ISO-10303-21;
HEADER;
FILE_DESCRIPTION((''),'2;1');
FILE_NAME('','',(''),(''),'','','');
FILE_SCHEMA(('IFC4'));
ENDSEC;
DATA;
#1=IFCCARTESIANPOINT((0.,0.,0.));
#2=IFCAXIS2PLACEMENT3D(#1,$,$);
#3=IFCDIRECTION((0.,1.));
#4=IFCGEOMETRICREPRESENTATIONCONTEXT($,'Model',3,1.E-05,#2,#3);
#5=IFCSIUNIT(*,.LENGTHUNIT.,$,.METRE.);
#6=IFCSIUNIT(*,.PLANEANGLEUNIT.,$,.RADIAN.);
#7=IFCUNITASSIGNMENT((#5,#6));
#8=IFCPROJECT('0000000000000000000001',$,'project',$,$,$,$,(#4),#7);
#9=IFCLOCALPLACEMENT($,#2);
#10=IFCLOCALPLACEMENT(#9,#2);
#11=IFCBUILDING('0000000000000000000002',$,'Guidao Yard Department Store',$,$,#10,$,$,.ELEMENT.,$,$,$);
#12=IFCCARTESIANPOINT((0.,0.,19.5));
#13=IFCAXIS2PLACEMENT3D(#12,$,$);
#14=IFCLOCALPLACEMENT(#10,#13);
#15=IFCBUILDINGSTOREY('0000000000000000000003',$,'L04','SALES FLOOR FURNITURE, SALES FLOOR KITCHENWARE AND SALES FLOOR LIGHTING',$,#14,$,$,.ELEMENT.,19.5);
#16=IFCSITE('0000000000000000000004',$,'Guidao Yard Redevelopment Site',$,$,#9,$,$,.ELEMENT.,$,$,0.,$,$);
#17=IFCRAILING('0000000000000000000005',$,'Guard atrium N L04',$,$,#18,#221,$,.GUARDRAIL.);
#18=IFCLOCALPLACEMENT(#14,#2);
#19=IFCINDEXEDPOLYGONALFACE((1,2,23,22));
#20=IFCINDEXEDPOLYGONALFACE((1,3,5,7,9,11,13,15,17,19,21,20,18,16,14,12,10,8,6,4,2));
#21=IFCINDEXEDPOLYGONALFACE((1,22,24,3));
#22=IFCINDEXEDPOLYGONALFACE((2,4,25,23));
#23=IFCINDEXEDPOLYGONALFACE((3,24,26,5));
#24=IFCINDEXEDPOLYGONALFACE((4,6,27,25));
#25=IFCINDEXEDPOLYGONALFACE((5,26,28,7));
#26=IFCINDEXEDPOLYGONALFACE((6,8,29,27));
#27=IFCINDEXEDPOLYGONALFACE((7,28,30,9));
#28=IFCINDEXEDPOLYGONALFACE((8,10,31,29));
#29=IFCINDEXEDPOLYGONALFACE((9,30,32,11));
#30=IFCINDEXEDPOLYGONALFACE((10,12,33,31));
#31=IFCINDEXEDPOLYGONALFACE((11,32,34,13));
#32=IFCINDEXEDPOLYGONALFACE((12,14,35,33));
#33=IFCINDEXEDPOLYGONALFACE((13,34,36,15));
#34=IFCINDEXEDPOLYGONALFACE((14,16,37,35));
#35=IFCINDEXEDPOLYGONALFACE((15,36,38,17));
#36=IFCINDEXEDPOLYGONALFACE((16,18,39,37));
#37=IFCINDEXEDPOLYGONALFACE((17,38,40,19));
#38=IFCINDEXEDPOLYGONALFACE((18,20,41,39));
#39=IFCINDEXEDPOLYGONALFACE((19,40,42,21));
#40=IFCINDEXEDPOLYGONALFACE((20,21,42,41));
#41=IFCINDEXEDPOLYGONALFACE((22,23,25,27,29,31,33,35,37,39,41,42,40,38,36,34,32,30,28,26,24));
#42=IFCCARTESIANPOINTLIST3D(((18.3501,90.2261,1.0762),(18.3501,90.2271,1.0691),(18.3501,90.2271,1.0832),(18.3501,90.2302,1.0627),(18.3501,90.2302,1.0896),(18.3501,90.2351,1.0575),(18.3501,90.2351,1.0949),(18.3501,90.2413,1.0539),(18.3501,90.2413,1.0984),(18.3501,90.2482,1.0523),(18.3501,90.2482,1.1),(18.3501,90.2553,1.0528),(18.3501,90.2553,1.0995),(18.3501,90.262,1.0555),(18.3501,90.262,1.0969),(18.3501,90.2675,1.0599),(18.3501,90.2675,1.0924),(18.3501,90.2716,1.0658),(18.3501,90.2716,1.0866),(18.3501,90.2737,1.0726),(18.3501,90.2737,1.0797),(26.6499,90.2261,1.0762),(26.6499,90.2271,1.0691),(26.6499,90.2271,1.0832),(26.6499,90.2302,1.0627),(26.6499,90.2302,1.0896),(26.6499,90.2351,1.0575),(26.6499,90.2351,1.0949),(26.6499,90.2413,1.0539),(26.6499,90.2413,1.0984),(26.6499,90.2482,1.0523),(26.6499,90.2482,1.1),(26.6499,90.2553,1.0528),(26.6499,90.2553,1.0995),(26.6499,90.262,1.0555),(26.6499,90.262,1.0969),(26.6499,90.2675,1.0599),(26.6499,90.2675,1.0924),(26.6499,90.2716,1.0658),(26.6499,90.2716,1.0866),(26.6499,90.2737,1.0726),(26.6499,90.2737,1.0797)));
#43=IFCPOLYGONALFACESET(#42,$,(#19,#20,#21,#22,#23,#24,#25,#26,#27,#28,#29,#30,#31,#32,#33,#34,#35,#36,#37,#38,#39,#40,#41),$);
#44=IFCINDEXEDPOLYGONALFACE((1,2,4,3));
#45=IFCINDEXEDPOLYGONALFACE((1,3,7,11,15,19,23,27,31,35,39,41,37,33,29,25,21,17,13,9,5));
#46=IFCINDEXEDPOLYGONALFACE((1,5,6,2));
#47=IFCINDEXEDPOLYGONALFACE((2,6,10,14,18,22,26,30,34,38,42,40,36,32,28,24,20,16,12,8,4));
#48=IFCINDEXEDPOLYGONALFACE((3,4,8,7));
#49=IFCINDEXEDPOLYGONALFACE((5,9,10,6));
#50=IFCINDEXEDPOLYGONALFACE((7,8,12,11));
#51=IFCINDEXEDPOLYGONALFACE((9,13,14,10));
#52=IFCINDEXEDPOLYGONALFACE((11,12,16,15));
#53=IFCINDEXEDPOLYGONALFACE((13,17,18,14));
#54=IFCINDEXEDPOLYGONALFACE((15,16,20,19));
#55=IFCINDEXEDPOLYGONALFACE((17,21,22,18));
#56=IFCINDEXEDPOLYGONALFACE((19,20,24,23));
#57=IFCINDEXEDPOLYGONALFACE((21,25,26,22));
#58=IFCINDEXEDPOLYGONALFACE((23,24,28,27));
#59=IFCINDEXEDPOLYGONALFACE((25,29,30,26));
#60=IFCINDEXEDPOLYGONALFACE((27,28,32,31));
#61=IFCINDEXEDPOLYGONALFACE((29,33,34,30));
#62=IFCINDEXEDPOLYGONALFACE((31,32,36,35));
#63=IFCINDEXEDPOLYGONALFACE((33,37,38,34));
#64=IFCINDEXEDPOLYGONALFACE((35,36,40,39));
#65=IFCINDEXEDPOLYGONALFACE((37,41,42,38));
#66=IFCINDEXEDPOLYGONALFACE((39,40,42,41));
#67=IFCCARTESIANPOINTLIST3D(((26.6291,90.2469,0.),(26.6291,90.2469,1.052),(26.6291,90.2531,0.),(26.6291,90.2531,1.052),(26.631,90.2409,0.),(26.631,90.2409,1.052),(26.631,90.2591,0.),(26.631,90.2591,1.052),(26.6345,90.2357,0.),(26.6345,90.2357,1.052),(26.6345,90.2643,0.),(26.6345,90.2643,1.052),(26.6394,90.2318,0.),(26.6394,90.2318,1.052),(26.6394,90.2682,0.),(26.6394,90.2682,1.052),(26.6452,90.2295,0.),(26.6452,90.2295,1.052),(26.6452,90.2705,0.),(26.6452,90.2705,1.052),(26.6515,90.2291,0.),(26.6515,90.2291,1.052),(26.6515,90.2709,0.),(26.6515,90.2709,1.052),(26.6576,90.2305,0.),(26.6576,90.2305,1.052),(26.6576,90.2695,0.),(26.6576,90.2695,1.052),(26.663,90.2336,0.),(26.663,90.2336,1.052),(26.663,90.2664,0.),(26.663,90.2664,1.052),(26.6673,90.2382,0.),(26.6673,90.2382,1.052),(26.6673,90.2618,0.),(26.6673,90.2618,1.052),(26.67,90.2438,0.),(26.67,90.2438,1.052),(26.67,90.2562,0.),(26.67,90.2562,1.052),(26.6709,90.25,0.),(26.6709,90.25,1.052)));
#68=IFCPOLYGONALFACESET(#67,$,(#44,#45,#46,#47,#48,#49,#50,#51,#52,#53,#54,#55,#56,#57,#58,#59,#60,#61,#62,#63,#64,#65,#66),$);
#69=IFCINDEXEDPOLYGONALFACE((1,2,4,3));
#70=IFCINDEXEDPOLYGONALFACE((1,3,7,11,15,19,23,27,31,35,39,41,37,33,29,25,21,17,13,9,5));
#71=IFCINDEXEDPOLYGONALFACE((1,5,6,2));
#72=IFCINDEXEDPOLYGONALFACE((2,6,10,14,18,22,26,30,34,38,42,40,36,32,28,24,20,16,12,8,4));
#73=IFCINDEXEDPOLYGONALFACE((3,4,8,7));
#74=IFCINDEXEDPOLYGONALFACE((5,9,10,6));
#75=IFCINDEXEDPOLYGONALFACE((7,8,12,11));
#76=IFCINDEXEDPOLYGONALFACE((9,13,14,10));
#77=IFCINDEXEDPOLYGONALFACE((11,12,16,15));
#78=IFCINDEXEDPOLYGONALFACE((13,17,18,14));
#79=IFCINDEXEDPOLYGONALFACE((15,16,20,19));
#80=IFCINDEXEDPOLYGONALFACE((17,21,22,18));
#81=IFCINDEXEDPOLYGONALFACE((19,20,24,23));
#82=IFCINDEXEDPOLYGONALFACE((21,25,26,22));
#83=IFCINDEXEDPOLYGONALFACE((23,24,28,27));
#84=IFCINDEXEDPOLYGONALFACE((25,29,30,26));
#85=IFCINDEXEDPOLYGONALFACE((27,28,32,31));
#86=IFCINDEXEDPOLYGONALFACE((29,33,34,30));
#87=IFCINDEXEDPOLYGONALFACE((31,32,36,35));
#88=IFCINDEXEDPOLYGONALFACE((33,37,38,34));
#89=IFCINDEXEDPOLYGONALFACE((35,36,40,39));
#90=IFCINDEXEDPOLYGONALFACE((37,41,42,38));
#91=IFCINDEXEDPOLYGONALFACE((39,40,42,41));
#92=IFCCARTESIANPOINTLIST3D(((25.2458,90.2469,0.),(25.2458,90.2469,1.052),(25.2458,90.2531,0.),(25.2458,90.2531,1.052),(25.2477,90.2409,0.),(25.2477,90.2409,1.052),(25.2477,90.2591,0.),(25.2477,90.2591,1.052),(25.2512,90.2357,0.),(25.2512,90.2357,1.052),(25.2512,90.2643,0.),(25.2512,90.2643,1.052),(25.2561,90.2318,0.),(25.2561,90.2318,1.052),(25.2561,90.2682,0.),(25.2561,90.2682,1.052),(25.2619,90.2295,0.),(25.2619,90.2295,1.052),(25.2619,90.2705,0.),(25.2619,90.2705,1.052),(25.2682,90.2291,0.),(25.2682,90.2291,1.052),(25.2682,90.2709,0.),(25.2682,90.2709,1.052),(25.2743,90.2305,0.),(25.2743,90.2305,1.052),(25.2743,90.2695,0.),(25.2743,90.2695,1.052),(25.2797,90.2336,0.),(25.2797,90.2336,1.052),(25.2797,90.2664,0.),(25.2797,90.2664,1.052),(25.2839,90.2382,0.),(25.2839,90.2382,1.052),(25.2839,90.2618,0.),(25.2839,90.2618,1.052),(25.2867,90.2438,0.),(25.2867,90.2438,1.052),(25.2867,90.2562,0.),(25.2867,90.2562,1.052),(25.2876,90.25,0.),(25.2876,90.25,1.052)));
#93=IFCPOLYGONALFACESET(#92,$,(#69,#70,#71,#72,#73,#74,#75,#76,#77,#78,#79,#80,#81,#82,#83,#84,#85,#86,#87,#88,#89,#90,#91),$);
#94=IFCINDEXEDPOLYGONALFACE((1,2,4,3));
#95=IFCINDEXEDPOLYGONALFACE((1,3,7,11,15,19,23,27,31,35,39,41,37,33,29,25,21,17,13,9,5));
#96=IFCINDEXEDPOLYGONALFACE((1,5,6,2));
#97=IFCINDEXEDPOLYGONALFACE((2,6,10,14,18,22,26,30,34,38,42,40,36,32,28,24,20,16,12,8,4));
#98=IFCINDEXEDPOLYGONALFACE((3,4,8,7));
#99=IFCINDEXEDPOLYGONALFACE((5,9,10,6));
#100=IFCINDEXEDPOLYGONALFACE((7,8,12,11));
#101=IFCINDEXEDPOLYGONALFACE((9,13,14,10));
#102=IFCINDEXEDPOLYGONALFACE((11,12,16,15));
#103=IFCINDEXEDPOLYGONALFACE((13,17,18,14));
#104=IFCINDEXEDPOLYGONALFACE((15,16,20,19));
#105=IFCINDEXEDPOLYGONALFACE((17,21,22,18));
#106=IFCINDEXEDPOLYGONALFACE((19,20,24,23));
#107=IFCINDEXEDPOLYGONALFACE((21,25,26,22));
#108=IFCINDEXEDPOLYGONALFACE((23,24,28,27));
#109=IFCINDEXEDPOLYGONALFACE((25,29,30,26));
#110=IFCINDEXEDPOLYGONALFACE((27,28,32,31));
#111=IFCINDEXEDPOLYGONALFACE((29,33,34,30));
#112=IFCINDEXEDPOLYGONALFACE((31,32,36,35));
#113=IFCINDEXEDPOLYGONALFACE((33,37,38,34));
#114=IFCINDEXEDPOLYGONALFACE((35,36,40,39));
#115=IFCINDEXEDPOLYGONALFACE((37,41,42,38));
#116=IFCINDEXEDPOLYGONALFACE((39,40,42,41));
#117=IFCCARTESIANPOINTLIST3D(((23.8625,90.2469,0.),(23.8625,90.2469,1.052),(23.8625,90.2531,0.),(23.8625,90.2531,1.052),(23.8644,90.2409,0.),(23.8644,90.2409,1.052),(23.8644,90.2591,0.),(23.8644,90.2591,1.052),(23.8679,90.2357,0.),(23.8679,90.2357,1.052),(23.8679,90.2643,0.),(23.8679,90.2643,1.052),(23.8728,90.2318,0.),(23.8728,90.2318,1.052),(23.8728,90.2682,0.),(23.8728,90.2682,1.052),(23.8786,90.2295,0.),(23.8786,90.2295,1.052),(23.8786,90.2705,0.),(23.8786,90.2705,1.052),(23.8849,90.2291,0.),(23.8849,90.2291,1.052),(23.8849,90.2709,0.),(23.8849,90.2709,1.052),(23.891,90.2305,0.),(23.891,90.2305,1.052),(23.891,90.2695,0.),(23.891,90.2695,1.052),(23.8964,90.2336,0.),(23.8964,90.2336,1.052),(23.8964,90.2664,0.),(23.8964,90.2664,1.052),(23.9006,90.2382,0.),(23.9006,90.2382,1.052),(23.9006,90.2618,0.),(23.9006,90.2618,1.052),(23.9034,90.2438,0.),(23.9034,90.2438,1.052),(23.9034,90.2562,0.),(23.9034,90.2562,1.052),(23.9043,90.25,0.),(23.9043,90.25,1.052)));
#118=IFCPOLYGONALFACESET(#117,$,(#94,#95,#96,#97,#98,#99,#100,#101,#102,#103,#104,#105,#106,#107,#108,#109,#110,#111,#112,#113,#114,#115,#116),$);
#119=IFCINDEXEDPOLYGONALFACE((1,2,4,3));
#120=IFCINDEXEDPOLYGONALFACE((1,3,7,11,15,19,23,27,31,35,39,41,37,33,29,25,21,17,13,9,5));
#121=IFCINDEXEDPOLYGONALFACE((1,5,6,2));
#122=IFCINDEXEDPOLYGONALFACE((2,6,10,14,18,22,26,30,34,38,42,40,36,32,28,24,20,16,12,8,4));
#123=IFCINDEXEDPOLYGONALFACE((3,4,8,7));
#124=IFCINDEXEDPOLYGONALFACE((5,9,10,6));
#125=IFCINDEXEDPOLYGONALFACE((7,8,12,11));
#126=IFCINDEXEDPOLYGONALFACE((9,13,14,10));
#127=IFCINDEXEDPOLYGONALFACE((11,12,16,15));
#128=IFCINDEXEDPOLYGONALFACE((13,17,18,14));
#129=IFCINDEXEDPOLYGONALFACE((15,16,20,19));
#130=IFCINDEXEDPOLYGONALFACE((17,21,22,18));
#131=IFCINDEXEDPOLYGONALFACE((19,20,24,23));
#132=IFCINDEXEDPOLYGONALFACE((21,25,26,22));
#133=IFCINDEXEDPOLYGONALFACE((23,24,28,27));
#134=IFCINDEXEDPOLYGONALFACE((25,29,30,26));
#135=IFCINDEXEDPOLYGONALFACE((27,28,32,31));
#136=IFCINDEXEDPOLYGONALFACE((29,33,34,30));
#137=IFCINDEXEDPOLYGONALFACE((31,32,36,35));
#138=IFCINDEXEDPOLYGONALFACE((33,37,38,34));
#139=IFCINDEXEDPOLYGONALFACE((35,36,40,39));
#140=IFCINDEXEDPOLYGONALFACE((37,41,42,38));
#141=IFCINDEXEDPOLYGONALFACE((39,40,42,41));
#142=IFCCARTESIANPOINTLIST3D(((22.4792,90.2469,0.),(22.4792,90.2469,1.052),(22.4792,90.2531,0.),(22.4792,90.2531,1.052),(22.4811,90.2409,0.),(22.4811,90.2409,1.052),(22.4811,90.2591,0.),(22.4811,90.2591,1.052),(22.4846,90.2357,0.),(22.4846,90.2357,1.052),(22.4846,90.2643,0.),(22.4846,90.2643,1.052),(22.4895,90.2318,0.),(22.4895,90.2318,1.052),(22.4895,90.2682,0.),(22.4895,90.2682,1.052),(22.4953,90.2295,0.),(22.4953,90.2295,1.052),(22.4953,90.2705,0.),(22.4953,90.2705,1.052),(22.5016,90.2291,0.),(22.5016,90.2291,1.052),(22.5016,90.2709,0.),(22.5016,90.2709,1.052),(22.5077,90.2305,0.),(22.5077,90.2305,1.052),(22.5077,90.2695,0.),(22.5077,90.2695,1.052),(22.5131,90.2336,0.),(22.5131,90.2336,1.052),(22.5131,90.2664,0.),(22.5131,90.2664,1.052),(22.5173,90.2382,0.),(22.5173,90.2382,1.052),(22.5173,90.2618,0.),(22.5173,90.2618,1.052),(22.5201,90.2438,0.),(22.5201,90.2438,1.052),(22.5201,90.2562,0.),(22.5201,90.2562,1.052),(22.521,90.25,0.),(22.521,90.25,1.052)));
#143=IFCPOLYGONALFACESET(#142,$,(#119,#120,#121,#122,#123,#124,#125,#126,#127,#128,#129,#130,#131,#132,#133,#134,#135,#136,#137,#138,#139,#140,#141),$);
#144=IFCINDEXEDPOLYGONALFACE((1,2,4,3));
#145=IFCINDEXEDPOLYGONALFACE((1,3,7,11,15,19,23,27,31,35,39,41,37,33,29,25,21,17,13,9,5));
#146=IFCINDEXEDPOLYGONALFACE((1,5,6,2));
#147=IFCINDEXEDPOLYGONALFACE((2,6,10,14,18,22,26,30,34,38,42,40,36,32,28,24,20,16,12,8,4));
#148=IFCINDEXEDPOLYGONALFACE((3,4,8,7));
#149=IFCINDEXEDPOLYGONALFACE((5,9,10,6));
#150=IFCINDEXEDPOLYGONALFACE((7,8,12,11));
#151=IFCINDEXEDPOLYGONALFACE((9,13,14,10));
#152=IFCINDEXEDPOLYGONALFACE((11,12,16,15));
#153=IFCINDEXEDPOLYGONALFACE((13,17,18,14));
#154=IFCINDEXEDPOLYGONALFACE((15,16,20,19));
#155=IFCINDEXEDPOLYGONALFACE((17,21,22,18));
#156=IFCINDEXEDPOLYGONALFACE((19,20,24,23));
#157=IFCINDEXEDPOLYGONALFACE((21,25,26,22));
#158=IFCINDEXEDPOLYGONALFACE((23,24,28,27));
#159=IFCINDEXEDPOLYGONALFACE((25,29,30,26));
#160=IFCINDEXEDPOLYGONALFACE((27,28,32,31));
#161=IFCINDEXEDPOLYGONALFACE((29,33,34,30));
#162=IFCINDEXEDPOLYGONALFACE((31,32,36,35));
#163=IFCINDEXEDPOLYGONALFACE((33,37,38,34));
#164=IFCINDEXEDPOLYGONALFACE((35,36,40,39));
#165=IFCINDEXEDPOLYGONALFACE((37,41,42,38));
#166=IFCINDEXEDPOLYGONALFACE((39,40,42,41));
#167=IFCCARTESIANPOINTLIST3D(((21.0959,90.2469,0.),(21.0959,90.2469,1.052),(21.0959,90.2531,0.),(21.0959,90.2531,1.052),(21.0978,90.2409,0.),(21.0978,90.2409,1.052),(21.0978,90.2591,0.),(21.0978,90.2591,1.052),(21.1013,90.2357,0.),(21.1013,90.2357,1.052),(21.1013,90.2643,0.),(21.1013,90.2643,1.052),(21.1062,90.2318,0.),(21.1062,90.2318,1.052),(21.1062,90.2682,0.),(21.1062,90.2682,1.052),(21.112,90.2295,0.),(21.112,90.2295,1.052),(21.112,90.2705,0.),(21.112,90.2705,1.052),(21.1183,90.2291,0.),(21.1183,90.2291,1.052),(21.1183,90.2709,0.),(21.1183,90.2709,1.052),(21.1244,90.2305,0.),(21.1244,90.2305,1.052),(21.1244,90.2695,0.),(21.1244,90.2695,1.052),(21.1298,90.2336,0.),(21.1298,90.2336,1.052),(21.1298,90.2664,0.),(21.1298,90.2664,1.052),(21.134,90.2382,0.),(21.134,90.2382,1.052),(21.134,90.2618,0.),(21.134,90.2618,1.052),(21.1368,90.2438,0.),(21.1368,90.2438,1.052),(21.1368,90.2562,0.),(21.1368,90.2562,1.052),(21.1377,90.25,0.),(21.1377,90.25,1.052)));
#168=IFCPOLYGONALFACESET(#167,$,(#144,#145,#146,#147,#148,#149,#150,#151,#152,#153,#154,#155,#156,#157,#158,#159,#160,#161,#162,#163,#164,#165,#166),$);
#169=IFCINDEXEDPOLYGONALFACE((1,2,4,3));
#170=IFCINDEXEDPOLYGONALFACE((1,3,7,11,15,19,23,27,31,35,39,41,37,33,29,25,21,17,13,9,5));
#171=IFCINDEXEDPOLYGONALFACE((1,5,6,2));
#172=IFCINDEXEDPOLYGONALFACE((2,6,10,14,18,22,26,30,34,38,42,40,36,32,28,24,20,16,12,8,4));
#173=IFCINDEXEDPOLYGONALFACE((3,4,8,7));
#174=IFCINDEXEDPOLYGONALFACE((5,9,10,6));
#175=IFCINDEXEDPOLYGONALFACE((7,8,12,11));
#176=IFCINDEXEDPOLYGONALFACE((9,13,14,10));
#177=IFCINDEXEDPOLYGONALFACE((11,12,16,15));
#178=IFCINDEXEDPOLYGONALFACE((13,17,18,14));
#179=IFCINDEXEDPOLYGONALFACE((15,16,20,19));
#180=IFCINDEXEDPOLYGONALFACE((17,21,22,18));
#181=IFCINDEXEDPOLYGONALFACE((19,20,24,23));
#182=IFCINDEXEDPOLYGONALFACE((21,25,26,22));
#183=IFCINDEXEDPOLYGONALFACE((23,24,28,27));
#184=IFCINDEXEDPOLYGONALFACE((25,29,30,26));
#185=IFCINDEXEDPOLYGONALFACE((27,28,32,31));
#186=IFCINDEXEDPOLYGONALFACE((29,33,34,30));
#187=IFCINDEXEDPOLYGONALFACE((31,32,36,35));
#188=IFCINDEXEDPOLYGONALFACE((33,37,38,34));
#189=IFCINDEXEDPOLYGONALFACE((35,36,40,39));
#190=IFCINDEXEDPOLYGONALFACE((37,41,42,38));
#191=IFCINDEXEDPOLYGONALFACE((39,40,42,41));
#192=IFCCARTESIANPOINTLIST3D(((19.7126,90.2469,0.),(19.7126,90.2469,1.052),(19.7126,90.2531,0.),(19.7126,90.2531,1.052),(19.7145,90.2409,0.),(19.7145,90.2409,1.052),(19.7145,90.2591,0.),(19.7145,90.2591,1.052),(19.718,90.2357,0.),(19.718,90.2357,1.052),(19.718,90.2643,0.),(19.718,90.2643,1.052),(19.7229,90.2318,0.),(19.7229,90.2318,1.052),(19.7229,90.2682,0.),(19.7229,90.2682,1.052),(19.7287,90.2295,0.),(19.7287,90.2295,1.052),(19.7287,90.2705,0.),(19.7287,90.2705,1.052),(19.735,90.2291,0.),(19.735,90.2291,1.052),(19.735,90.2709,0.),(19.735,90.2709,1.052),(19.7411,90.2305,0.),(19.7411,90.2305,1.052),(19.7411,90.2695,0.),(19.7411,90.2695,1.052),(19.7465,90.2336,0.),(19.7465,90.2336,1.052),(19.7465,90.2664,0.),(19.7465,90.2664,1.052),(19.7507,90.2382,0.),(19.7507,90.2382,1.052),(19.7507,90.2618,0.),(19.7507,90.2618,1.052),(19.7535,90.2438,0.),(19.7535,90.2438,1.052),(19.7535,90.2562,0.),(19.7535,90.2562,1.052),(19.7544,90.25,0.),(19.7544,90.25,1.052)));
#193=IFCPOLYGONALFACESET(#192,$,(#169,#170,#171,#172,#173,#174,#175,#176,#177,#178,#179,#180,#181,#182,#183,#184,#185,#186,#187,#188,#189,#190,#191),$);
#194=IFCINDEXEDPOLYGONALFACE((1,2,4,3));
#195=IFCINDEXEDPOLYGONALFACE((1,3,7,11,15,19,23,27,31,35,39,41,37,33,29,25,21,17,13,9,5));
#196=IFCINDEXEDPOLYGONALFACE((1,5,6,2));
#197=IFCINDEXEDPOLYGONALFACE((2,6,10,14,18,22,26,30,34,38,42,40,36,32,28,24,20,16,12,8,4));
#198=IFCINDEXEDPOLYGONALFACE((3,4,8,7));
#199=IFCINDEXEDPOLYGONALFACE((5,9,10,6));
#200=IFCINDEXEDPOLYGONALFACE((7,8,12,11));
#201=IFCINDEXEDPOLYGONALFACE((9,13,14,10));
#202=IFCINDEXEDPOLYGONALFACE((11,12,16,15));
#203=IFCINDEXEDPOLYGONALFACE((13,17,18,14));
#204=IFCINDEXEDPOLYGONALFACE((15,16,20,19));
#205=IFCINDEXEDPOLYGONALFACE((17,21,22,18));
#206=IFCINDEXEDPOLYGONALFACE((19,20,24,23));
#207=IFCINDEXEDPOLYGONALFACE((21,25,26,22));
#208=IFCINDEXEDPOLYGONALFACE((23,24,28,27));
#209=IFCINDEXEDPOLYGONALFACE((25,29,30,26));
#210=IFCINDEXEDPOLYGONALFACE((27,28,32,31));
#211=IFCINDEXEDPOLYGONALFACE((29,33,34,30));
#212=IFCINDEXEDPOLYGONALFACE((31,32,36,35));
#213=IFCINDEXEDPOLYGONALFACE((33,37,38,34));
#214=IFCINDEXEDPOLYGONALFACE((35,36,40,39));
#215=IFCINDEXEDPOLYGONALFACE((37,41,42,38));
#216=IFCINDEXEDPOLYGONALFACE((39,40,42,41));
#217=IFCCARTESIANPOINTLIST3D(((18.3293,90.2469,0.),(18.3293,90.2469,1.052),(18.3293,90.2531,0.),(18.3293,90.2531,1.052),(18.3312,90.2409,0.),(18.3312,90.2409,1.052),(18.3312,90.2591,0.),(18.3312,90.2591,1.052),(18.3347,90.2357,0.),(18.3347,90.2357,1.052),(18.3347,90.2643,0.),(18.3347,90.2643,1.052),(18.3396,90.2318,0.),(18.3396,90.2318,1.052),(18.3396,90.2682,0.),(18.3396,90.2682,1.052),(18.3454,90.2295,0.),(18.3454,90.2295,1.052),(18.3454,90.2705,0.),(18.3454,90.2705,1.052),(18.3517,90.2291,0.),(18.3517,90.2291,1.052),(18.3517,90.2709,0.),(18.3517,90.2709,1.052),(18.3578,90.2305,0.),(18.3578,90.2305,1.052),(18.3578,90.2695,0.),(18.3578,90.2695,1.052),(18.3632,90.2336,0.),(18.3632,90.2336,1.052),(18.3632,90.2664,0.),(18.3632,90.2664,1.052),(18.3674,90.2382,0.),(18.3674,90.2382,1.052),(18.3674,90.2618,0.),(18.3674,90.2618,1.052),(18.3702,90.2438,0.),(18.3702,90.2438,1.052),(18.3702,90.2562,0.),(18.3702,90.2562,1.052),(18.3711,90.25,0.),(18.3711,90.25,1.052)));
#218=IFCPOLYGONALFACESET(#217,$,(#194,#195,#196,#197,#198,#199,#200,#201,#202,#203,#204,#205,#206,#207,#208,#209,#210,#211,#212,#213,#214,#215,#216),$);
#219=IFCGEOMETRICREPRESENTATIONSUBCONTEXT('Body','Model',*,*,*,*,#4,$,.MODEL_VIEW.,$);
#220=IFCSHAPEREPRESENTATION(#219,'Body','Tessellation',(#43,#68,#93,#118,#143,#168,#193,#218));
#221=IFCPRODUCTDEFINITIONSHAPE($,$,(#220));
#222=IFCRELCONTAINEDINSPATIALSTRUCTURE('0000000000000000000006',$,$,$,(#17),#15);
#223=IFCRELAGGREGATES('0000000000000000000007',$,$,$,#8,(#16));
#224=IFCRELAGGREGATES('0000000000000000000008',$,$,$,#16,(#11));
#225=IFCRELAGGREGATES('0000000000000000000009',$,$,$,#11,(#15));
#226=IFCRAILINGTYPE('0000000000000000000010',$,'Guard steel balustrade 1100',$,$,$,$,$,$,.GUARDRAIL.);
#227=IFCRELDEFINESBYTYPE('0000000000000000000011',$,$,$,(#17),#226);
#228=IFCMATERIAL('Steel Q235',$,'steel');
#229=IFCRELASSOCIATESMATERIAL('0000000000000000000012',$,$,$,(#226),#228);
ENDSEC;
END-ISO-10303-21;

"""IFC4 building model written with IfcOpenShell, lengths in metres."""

from ifc_helpers import new_model, si_unit, direction, frame, origin, origin_2d, place, context, subcontext, project, spatial, circle, extrude, material, type_object, element, save


model = new_model("IFC4")

# Units and contexts
model_context = context("Model", 3, precision=1e-05, world=origin(), true_north=direction((0.0, 1.0)))
body_context = subcontext(model_context, "Body", "Model", "MODEL_VIEW")
ifc_project = project(units=[si_unit("LENGTHUNIT", "METRE"), si_unit("PLANEANGLEUNIT", "RADIAN")], contexts=[model_context])

# Site, building, storey
site_placement = place(None, origin())
site = spatial("IfcSite", under=ifc_project, at=site_placement, Name="Guidao Yard Redevelopment Site", CompositionType="ELEMENT", RefElevation=0.0)
building_placement = place(site_placement, origin())
building = spatial("IfcBuilding", under=site, at=building_placement, Name="Guidao Yard Department Store", CompositionType="ELEMENT")
storey_placement = place(building_placement, frame((0.0, 0.0, 19.5)))
storey = spatial("IfcBuildingStorey", under=building, at=storey_placement, Name="L04", Description="SALES FLOOR FURNITURE, SALES FLOOR KITCHENWARE AND SALES FLOOR LIGHTING", CompositionType="ELEMENT", Elevation=19.5)

# Railing
ifc_material_1 = material(Name="Steel Q235", Category="steel")
railing_type = type_object("IfcRailingType", Name="Guard steel balustrade 1100", PredefinedType="GUARDRAIL", material=ifc_material_1)
railing_1_placement = place(storey_placement, frame((26.6499, 90.25, 0.0)))
element("IfcRailing", 1, at=railing_1_placement, inside=storey, type_object=railing_type, Name="Guard atrium N L04", PredefinedType="GUARDRAIL", context=body_context, shape_type="SweptSolid", body=[
    extrude(circle(Radius=0.0239, at=origin_2d()), frame((0.0, 0.0, 1.0762), z_axis=(-1.0, 0.0, 0.0), x_axis=(0.0, -1.0, 0.0)), (0.0, 0.0, 1.0), 8.2998),
    extrude(circle(Radius=0.021, at=origin_2d()), origin(), (0.0, 0.0, 1.0), 1.052),
    extrude(circle(Radius=0.021, at=origin_2d()), frame((-1.3833, 0.0, 0.0)), (0.0, 0.0, 1.0), 1.052),
    extrude(circle(Radius=0.021, at=origin_2d()), frame((-2.7666, 0.0, 0.0)), (0.0, 0.0, 1.0), 1.052),
    extrude(circle(Radius=0.021, at=origin_2d()), frame((-4.1499, 0.0, 0.0)), (0.0, 0.0, 1.0), 1.052),
    extrude(circle(Radius=0.021, at=origin_2d()), frame((-5.5332, 0.0, 0.0)), (0.0, 0.0, 1.0), 1.052),
    extrude(circle(Radius=0.021, at=origin_2d()), frame((-6.9165, 0.0, 0.0)), (0.0, 0.0, 1.0), 1.052),
    extrude(circle(Radius=0.021, at=origin_2d()), frame((-8.2998, 0.0, 0.0)), (0.0, 0.0, 1.0), 1.052),
])

save(model, "model.ifc")
